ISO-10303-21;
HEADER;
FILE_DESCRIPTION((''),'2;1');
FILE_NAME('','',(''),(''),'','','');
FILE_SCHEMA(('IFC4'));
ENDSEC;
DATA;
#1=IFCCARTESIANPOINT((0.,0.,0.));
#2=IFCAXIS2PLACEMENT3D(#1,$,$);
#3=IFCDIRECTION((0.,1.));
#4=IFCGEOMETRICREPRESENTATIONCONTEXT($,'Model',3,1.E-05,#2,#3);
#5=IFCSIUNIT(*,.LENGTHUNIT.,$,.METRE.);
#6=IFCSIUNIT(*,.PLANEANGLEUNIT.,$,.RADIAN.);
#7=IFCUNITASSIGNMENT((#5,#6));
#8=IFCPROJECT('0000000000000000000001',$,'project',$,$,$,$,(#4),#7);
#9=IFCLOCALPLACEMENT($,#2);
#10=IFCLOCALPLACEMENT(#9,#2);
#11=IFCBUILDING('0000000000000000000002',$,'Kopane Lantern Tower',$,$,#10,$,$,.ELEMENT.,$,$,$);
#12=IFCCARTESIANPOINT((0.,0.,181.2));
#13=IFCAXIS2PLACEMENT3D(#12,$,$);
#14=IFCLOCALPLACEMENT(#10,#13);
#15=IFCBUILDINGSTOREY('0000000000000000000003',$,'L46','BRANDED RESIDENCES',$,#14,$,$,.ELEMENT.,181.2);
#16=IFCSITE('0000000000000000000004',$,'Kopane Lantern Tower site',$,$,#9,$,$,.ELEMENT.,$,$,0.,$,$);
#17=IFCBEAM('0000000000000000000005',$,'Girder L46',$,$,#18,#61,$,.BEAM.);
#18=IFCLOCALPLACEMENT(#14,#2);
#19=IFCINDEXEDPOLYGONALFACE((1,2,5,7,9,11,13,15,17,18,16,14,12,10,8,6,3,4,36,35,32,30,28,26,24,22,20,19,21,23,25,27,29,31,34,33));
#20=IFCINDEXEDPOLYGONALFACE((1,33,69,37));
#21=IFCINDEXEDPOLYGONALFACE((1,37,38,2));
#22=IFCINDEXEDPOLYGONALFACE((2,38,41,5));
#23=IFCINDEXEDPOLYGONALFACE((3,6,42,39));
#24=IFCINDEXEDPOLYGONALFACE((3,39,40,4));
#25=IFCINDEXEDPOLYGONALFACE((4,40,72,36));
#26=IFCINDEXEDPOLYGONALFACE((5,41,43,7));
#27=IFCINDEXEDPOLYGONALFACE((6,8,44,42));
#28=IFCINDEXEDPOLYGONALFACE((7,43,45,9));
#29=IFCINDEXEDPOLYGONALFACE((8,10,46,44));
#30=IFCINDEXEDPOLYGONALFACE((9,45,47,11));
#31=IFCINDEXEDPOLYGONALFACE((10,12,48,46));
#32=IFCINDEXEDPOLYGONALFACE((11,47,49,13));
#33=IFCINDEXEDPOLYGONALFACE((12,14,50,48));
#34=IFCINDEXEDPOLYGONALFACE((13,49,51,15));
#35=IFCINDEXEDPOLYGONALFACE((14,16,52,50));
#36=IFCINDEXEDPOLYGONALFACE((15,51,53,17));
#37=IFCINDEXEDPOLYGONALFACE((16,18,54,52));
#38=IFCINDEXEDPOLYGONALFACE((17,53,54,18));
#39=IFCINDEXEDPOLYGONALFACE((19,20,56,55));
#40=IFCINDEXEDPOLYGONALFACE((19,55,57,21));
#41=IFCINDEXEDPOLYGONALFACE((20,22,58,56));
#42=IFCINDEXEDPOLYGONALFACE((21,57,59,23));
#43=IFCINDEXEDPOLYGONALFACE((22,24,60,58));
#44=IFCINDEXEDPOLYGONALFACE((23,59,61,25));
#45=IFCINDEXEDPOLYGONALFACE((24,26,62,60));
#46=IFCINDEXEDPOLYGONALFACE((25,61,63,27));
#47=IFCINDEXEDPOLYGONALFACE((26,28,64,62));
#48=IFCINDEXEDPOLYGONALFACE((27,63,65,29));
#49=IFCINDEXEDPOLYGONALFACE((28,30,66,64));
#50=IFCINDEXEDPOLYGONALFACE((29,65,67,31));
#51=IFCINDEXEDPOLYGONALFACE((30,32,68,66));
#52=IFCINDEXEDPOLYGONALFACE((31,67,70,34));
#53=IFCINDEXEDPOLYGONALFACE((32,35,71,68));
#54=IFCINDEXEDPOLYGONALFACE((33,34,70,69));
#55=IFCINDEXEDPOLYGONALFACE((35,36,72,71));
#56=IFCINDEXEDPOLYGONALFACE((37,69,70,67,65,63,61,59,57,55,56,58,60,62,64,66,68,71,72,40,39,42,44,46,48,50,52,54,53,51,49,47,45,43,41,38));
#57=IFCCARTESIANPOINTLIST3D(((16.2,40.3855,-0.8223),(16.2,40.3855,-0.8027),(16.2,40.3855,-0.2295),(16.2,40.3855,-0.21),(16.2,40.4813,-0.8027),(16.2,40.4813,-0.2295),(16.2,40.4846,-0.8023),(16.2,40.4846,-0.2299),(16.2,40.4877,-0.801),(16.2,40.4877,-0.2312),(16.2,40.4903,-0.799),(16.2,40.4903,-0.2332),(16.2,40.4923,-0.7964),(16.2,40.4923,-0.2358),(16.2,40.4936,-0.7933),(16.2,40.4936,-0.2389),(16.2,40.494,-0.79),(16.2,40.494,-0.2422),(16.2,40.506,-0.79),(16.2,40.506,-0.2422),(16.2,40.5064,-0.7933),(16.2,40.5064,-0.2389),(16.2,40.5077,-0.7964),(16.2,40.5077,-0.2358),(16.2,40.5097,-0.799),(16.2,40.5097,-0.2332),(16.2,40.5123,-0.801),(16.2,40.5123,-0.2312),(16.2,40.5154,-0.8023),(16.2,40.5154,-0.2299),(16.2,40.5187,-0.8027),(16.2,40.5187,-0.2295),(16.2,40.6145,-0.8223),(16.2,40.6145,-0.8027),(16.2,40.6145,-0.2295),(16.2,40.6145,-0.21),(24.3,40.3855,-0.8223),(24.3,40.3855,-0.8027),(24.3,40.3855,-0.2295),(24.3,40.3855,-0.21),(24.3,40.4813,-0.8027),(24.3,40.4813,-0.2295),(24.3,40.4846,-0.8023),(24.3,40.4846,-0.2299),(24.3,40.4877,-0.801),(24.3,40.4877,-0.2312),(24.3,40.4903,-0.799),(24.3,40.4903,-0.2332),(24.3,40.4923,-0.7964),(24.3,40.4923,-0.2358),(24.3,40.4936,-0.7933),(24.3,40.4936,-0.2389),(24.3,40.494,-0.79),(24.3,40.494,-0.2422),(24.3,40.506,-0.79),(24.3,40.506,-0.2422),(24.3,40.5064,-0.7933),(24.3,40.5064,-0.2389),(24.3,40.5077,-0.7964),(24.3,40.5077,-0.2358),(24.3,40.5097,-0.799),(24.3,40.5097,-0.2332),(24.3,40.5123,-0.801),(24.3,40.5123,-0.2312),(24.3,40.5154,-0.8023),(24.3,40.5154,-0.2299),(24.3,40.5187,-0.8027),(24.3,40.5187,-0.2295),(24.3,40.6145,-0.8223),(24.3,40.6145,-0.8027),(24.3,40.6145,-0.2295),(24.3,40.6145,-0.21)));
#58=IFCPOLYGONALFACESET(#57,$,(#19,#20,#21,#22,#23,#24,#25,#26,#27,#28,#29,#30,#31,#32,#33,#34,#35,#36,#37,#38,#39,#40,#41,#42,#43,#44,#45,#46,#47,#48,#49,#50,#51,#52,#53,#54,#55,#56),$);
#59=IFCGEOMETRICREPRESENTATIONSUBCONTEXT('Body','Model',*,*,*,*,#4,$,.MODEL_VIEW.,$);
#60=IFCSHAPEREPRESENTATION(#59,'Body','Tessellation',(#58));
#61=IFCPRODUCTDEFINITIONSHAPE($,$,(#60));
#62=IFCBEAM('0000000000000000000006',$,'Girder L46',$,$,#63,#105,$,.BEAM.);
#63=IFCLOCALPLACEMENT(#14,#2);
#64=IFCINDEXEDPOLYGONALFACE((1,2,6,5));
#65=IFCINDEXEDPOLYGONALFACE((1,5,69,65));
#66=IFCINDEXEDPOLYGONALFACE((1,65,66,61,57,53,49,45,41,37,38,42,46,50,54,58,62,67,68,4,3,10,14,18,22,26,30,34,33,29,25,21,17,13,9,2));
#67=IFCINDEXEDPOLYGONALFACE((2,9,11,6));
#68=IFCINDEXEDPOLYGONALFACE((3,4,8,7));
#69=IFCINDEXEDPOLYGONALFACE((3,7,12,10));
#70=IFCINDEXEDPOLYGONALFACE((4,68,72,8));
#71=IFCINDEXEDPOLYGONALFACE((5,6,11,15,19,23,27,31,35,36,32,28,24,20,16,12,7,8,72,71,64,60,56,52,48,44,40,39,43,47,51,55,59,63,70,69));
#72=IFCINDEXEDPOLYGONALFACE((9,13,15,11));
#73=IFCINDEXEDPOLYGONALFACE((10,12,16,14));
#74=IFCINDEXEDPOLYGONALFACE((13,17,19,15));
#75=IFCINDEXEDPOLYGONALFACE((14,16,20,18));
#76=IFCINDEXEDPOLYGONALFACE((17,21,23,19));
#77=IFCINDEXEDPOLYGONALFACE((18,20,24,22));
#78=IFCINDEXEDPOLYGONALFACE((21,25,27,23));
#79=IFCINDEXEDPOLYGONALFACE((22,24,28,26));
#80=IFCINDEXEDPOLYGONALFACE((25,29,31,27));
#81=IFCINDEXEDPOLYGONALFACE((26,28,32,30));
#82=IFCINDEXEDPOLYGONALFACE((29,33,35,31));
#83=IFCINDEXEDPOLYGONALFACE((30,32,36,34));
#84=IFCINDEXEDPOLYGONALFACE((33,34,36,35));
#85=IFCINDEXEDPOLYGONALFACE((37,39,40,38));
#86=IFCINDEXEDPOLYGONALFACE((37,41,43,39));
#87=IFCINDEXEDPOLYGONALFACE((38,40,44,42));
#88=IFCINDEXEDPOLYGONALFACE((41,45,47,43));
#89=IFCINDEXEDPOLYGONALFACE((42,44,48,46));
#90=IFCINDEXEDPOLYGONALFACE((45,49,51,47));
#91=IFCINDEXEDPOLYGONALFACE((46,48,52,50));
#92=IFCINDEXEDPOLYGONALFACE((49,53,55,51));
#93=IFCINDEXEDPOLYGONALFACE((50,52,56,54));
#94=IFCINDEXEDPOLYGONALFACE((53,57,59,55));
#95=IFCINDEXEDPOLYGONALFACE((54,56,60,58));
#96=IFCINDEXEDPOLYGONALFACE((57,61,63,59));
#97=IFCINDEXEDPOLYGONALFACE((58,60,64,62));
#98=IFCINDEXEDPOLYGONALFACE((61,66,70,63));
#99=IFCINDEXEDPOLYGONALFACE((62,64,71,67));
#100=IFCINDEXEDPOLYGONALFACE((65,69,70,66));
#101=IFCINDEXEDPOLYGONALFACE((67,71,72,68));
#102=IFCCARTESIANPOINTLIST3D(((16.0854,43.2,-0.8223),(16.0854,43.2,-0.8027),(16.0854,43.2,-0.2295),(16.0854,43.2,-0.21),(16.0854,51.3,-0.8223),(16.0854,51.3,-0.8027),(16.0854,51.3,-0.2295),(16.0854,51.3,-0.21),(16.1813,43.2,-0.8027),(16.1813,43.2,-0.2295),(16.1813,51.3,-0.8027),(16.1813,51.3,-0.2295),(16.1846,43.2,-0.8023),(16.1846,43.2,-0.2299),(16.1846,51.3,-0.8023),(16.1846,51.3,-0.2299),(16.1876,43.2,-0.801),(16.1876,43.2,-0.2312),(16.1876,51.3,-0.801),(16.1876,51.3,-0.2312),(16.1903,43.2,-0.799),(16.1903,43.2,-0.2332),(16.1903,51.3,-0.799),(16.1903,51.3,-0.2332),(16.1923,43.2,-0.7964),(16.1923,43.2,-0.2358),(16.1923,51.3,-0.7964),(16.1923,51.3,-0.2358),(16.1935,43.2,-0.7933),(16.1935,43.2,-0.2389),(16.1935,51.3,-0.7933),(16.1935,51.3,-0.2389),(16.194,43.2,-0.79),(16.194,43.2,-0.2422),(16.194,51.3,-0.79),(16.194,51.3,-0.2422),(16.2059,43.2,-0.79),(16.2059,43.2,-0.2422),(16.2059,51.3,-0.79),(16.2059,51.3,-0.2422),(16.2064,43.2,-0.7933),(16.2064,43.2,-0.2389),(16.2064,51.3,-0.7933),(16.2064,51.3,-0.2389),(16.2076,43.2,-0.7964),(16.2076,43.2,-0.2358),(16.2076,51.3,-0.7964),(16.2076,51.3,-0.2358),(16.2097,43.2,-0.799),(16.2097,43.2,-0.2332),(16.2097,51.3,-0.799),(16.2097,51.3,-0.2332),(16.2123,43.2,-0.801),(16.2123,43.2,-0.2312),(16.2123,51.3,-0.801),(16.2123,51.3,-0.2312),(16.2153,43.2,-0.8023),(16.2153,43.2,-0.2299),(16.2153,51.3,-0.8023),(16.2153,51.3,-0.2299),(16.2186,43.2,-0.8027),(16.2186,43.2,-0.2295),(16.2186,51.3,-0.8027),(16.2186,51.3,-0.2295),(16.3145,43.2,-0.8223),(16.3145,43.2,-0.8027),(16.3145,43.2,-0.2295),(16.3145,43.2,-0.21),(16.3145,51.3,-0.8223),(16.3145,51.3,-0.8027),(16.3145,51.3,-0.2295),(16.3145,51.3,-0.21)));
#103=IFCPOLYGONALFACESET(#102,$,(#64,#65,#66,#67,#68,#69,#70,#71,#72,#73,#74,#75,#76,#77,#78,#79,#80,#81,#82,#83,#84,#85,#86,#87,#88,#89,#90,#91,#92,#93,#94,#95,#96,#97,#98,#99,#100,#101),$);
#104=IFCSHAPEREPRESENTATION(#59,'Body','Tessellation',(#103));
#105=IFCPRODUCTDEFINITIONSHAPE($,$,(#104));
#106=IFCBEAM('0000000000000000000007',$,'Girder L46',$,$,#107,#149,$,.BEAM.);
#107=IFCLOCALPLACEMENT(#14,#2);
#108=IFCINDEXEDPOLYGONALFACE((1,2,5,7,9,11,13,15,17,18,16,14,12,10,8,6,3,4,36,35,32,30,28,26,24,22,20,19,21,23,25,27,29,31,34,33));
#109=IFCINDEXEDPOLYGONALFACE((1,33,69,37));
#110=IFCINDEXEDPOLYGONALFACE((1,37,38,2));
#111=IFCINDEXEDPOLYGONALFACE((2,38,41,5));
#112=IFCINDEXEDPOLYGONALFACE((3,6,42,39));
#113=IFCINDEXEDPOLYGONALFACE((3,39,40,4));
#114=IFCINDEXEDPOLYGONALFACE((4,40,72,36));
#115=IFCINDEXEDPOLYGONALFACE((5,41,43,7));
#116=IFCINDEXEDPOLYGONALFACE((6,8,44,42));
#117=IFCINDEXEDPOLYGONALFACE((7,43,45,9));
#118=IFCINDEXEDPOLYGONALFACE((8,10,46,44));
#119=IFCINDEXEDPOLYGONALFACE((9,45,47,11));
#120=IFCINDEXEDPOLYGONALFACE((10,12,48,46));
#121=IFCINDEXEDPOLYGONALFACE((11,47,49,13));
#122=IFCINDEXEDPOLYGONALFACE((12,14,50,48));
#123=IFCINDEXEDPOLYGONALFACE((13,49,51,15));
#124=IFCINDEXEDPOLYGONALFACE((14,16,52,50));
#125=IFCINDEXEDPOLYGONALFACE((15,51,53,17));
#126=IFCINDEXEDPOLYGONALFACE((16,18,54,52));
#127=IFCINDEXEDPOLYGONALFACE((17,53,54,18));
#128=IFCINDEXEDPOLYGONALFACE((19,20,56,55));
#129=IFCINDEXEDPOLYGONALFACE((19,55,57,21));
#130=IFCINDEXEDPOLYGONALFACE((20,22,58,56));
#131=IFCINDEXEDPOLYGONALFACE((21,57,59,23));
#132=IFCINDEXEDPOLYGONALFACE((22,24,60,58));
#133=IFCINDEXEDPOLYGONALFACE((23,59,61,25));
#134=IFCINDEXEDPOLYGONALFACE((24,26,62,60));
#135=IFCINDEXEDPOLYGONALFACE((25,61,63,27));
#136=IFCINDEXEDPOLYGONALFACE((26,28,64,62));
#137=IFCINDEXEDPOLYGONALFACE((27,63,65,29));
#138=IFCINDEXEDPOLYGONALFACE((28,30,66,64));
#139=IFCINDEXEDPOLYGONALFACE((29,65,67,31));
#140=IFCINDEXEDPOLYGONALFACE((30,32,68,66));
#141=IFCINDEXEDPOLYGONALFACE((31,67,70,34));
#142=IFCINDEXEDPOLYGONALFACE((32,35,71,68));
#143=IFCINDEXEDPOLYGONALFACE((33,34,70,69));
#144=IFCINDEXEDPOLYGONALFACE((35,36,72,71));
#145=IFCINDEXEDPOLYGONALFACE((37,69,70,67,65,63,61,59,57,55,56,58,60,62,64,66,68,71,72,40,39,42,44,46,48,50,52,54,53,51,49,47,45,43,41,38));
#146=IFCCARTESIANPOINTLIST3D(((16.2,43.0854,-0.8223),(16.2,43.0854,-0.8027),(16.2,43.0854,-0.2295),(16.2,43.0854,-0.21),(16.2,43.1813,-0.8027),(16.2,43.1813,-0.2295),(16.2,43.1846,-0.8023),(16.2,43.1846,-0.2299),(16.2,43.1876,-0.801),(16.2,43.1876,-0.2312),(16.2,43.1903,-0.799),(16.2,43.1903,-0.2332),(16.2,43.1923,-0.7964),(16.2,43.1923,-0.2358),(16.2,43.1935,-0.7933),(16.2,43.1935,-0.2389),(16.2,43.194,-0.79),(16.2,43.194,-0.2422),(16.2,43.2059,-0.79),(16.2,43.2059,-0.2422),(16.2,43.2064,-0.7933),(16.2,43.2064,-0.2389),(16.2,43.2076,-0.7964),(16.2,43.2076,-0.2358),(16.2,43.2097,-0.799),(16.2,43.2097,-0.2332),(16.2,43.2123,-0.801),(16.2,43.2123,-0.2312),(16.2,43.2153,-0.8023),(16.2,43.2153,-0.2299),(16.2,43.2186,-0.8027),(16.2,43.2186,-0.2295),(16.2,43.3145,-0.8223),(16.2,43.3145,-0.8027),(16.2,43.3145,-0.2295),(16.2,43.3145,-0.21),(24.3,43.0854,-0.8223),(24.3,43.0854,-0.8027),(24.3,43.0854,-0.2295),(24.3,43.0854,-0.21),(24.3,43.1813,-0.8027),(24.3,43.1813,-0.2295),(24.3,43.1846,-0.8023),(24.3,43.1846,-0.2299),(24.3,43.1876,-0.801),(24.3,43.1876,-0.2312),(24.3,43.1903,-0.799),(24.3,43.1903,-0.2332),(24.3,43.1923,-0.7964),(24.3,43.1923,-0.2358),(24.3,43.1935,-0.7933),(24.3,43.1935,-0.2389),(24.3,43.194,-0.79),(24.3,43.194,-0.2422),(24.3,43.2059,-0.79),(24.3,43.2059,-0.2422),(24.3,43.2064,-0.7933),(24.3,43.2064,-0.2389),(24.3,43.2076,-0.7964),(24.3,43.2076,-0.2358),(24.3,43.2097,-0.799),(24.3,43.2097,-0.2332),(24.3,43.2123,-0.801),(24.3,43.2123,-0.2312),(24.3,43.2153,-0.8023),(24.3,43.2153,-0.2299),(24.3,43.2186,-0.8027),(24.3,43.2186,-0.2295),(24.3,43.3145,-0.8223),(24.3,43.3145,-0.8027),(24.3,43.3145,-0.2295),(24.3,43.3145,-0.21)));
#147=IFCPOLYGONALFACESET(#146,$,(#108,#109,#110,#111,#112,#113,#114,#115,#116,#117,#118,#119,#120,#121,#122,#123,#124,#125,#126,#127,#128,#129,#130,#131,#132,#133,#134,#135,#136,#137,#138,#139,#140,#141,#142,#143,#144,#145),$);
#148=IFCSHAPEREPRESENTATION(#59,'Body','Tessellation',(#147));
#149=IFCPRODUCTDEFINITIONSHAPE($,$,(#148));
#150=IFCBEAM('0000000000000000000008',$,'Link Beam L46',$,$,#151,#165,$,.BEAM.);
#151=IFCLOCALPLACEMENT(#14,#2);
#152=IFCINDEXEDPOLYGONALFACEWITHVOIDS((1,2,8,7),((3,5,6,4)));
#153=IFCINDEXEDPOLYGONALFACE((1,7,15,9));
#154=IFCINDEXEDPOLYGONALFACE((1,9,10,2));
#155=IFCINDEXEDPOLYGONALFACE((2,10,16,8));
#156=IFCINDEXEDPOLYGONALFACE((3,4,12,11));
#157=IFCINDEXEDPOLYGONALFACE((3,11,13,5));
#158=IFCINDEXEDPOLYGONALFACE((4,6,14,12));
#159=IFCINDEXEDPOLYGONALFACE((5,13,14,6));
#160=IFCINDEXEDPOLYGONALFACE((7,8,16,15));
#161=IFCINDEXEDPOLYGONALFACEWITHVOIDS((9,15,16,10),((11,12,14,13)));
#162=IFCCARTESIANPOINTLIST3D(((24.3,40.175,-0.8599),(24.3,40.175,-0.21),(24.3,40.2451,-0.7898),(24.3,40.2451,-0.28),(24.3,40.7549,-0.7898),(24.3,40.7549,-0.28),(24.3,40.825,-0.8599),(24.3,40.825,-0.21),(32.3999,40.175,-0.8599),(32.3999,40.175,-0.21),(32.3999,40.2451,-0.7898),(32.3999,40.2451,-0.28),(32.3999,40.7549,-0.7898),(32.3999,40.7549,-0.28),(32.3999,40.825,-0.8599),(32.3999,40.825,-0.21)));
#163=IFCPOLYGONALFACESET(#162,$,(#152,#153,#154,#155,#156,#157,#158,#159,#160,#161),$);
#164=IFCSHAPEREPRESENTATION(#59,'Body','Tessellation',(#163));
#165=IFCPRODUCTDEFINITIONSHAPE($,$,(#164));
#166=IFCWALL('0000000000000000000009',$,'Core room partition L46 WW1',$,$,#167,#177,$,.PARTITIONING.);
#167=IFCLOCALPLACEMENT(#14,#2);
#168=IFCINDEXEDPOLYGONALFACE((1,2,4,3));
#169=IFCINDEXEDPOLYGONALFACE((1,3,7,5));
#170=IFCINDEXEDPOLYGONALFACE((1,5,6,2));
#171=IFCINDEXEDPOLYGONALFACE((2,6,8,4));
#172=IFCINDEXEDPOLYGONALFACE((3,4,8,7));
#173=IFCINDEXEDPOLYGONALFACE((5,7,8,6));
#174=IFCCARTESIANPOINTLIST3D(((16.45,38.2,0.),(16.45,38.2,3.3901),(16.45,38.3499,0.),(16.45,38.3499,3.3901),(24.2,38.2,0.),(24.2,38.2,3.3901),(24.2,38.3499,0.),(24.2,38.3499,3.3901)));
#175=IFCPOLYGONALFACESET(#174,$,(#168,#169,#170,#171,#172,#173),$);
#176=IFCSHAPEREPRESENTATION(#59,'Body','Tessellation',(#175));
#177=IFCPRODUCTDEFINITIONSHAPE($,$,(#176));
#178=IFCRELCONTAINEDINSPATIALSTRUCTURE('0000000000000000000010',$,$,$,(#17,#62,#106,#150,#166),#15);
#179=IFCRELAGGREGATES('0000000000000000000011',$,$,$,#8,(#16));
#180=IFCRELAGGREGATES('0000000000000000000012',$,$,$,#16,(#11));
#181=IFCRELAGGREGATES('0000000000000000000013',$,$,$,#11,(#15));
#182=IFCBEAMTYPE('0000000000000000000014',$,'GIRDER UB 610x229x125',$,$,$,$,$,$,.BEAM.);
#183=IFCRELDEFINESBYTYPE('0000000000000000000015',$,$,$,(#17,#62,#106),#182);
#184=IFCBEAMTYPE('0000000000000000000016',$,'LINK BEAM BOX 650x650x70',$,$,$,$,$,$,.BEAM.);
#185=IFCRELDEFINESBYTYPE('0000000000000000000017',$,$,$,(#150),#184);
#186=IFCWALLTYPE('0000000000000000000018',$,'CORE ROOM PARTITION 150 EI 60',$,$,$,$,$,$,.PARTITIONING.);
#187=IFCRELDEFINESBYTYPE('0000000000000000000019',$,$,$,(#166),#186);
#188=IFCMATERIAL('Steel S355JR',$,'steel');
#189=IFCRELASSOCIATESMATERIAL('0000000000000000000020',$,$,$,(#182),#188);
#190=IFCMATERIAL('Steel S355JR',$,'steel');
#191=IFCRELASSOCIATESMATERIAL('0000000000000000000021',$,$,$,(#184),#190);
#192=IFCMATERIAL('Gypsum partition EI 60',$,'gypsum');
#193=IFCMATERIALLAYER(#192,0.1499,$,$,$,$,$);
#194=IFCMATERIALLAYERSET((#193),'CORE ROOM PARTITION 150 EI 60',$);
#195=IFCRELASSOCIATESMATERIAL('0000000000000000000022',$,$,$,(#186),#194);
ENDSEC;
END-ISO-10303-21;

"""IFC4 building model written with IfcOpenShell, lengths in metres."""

from ifc_helpers import new_model, si_unit, direction, frame, frame_2d, origin, origin_2d, place, context, subcontext, project, spatial, rectangle, hollow_rectangle, i_section, extrude, material, layer, layer_set, material_profile, profile_set, type_object, element, save


model = new_model("IFC4")

# Units and contexts
model_context = context("Model", 3, precision=1e-05, world=origin(), true_north=direction((0.0, 1.0)))
body_context = subcontext(model_context, "Body", "Model", "MODEL_VIEW")
ifc_project = project(units=[si_unit("LENGTHUNIT", "METRE"), si_unit("PLANEANGLEUNIT", "RADIAN")], contexts=[model_context])

# Site, building, storey
site_placement = place(None, origin())
site = spatial("IfcSite", under=ifc_project, at=site_placement, Name="Kopane Lantern Tower site", CompositionType="ELEMENT", RefElevation=0.0)
building_placement = place(site_placement, origin())
building = spatial("IfcBuilding", under=site, at=building_placement, Name="Kopane Lantern Tower", CompositionType="ELEMENT")
storey_placement = place(building_placement, frame((0.0, 0.0, 181.2)))
storey = spatial("IfcBuildingStorey", under=building, at=storey_placement, Name="L46", Description="BRANDED RESIDENCES", CompositionType="ELEMENT", Elevation=181.2)

# Beams
ifc_material_1 = material(Name="Steel S355JR", Category="steel")
ifc_material_profile_1 = material_profile(ifc_material_1, i_section(OverallWidth=0.229, OverallDepth=0.6123, WebThickness=0.012, FlangeThickness=0.0195, FilletRadius=0.0127, at=origin_2d()), Name="UB 610x229x125")
ifc_profile_set_1 = profile_set([ifc_material_profile_1], Name="Steel S355JR")
beam_type_1 = type_object("IfcBeamType", Name="GIRDER UB 610x229x125", PredefinedType="BEAM", material=ifc_profile_set_1)
for number, where, z_axis, x_axis, name in (
    (1, (16.2, 40.5, -0.5161), (1.0, 0.0, 0.0), (0.0, 1.0, 0.0), "Girder L46"),
    (2, (16.2, 43.2, -0.5161), (0.0, 1.0, 0.0), (-1.0, 0.0, 0.0), "Girder L46"),
    (3, (16.2, 43.2, -0.5161), (1.0, 0.0, 0.0), (0.0, 1.0, 0.0), "Girder L46"),
):
    element("IfcBeam", number, at=place(storey_placement, frame(where, z_axis=z_axis, x_axis=x_axis)), inside=storey, type_object=beam_type_1, Name=name, PredefinedType="BEAM", context=body_context, shape_type="SweptSolid", body=[
        extrude(i_section(OverallWidth=0.229, OverallDepth=0.6123, WebThickness=0.012, FlangeThickness=0.0195, FilletRadius=0.0127, at=origin_2d()), origin(), (0.0, 0.0, 1.0), 8.1001),
    ])
ifc_material_2 = material(Name="Steel S355JR", Category="steel")
ifc_material_profile_2 = material_profile(ifc_material_2, hollow_rectangle(XDim=0.6499, YDim=0.6499, WallThickness=0.0701, at=origin_2d()), Name="BOX 650x650x70")
ifc_profile_set_2 = profile_set([ifc_material_profile_2], Name="Steel S355JR")
beam_type_2 = type_object("IfcBeamType", Name="LINK BEAM BOX 650x650x70", PredefinedType="BEAM", material=ifc_profile_set_2)
beam_placement = place(storey_placement, frame((24.3, 40.5, -0.5349), z_axis=(1.0, 0.0, 0.0), x_axis=(0.0, 1.0, 0.0)))
element("IfcBeam", 4, at=beam_placement, inside=storey, type_object=beam_type_2, Name="Link Beam L46", PredefinedType="BEAM", context=body_context, shape_type="SweptSolid", body=[
    extrude(hollow_rectangle(XDim=0.6499, YDim=0.6499, WallThickness=0.0701, at=origin_2d()), origin(), (0.0, 0.0, 1.0), 8.0999),
])

# Wall
ifc_material_3 = material(Name="Gypsum partition EI 60", Category="gypsum")
ifc_layer_1 = layer(ifc_material_3, 0.1499)
ifc_layer_set_1 = layer_set([ifc_layer_1], Name="CORE ROOM PARTITION 150 EI 60")
wall_type_1 = type_object("IfcWallType", Name="CORE ROOM PARTITION 150 EI 60", PredefinedType="PARTITIONING", material=ifc_layer_set_1)
wall_1_placement = place(storey_placement, frame((16.45, 38.2749, 0.0), z_axis=(0.0, 0.0, 1.0), x_axis=(1.0, 0.0, 0.0)))
element("IfcWall", 5, at=wall_1_placement, inside=storey, type_object=wall_type_1, Name="Core room partition L46 WW1", PredefinedType="PARTITIONING", context=body_context, shape_type="SweptSolid", body=[
    extrude(rectangle(XDim=7.75, YDim=0.1499, at=frame_2d((3.875, 0.0))), origin(), (0.0, 0.0, 1.0), 3.3901),
])

save(model, "model.ifc")
